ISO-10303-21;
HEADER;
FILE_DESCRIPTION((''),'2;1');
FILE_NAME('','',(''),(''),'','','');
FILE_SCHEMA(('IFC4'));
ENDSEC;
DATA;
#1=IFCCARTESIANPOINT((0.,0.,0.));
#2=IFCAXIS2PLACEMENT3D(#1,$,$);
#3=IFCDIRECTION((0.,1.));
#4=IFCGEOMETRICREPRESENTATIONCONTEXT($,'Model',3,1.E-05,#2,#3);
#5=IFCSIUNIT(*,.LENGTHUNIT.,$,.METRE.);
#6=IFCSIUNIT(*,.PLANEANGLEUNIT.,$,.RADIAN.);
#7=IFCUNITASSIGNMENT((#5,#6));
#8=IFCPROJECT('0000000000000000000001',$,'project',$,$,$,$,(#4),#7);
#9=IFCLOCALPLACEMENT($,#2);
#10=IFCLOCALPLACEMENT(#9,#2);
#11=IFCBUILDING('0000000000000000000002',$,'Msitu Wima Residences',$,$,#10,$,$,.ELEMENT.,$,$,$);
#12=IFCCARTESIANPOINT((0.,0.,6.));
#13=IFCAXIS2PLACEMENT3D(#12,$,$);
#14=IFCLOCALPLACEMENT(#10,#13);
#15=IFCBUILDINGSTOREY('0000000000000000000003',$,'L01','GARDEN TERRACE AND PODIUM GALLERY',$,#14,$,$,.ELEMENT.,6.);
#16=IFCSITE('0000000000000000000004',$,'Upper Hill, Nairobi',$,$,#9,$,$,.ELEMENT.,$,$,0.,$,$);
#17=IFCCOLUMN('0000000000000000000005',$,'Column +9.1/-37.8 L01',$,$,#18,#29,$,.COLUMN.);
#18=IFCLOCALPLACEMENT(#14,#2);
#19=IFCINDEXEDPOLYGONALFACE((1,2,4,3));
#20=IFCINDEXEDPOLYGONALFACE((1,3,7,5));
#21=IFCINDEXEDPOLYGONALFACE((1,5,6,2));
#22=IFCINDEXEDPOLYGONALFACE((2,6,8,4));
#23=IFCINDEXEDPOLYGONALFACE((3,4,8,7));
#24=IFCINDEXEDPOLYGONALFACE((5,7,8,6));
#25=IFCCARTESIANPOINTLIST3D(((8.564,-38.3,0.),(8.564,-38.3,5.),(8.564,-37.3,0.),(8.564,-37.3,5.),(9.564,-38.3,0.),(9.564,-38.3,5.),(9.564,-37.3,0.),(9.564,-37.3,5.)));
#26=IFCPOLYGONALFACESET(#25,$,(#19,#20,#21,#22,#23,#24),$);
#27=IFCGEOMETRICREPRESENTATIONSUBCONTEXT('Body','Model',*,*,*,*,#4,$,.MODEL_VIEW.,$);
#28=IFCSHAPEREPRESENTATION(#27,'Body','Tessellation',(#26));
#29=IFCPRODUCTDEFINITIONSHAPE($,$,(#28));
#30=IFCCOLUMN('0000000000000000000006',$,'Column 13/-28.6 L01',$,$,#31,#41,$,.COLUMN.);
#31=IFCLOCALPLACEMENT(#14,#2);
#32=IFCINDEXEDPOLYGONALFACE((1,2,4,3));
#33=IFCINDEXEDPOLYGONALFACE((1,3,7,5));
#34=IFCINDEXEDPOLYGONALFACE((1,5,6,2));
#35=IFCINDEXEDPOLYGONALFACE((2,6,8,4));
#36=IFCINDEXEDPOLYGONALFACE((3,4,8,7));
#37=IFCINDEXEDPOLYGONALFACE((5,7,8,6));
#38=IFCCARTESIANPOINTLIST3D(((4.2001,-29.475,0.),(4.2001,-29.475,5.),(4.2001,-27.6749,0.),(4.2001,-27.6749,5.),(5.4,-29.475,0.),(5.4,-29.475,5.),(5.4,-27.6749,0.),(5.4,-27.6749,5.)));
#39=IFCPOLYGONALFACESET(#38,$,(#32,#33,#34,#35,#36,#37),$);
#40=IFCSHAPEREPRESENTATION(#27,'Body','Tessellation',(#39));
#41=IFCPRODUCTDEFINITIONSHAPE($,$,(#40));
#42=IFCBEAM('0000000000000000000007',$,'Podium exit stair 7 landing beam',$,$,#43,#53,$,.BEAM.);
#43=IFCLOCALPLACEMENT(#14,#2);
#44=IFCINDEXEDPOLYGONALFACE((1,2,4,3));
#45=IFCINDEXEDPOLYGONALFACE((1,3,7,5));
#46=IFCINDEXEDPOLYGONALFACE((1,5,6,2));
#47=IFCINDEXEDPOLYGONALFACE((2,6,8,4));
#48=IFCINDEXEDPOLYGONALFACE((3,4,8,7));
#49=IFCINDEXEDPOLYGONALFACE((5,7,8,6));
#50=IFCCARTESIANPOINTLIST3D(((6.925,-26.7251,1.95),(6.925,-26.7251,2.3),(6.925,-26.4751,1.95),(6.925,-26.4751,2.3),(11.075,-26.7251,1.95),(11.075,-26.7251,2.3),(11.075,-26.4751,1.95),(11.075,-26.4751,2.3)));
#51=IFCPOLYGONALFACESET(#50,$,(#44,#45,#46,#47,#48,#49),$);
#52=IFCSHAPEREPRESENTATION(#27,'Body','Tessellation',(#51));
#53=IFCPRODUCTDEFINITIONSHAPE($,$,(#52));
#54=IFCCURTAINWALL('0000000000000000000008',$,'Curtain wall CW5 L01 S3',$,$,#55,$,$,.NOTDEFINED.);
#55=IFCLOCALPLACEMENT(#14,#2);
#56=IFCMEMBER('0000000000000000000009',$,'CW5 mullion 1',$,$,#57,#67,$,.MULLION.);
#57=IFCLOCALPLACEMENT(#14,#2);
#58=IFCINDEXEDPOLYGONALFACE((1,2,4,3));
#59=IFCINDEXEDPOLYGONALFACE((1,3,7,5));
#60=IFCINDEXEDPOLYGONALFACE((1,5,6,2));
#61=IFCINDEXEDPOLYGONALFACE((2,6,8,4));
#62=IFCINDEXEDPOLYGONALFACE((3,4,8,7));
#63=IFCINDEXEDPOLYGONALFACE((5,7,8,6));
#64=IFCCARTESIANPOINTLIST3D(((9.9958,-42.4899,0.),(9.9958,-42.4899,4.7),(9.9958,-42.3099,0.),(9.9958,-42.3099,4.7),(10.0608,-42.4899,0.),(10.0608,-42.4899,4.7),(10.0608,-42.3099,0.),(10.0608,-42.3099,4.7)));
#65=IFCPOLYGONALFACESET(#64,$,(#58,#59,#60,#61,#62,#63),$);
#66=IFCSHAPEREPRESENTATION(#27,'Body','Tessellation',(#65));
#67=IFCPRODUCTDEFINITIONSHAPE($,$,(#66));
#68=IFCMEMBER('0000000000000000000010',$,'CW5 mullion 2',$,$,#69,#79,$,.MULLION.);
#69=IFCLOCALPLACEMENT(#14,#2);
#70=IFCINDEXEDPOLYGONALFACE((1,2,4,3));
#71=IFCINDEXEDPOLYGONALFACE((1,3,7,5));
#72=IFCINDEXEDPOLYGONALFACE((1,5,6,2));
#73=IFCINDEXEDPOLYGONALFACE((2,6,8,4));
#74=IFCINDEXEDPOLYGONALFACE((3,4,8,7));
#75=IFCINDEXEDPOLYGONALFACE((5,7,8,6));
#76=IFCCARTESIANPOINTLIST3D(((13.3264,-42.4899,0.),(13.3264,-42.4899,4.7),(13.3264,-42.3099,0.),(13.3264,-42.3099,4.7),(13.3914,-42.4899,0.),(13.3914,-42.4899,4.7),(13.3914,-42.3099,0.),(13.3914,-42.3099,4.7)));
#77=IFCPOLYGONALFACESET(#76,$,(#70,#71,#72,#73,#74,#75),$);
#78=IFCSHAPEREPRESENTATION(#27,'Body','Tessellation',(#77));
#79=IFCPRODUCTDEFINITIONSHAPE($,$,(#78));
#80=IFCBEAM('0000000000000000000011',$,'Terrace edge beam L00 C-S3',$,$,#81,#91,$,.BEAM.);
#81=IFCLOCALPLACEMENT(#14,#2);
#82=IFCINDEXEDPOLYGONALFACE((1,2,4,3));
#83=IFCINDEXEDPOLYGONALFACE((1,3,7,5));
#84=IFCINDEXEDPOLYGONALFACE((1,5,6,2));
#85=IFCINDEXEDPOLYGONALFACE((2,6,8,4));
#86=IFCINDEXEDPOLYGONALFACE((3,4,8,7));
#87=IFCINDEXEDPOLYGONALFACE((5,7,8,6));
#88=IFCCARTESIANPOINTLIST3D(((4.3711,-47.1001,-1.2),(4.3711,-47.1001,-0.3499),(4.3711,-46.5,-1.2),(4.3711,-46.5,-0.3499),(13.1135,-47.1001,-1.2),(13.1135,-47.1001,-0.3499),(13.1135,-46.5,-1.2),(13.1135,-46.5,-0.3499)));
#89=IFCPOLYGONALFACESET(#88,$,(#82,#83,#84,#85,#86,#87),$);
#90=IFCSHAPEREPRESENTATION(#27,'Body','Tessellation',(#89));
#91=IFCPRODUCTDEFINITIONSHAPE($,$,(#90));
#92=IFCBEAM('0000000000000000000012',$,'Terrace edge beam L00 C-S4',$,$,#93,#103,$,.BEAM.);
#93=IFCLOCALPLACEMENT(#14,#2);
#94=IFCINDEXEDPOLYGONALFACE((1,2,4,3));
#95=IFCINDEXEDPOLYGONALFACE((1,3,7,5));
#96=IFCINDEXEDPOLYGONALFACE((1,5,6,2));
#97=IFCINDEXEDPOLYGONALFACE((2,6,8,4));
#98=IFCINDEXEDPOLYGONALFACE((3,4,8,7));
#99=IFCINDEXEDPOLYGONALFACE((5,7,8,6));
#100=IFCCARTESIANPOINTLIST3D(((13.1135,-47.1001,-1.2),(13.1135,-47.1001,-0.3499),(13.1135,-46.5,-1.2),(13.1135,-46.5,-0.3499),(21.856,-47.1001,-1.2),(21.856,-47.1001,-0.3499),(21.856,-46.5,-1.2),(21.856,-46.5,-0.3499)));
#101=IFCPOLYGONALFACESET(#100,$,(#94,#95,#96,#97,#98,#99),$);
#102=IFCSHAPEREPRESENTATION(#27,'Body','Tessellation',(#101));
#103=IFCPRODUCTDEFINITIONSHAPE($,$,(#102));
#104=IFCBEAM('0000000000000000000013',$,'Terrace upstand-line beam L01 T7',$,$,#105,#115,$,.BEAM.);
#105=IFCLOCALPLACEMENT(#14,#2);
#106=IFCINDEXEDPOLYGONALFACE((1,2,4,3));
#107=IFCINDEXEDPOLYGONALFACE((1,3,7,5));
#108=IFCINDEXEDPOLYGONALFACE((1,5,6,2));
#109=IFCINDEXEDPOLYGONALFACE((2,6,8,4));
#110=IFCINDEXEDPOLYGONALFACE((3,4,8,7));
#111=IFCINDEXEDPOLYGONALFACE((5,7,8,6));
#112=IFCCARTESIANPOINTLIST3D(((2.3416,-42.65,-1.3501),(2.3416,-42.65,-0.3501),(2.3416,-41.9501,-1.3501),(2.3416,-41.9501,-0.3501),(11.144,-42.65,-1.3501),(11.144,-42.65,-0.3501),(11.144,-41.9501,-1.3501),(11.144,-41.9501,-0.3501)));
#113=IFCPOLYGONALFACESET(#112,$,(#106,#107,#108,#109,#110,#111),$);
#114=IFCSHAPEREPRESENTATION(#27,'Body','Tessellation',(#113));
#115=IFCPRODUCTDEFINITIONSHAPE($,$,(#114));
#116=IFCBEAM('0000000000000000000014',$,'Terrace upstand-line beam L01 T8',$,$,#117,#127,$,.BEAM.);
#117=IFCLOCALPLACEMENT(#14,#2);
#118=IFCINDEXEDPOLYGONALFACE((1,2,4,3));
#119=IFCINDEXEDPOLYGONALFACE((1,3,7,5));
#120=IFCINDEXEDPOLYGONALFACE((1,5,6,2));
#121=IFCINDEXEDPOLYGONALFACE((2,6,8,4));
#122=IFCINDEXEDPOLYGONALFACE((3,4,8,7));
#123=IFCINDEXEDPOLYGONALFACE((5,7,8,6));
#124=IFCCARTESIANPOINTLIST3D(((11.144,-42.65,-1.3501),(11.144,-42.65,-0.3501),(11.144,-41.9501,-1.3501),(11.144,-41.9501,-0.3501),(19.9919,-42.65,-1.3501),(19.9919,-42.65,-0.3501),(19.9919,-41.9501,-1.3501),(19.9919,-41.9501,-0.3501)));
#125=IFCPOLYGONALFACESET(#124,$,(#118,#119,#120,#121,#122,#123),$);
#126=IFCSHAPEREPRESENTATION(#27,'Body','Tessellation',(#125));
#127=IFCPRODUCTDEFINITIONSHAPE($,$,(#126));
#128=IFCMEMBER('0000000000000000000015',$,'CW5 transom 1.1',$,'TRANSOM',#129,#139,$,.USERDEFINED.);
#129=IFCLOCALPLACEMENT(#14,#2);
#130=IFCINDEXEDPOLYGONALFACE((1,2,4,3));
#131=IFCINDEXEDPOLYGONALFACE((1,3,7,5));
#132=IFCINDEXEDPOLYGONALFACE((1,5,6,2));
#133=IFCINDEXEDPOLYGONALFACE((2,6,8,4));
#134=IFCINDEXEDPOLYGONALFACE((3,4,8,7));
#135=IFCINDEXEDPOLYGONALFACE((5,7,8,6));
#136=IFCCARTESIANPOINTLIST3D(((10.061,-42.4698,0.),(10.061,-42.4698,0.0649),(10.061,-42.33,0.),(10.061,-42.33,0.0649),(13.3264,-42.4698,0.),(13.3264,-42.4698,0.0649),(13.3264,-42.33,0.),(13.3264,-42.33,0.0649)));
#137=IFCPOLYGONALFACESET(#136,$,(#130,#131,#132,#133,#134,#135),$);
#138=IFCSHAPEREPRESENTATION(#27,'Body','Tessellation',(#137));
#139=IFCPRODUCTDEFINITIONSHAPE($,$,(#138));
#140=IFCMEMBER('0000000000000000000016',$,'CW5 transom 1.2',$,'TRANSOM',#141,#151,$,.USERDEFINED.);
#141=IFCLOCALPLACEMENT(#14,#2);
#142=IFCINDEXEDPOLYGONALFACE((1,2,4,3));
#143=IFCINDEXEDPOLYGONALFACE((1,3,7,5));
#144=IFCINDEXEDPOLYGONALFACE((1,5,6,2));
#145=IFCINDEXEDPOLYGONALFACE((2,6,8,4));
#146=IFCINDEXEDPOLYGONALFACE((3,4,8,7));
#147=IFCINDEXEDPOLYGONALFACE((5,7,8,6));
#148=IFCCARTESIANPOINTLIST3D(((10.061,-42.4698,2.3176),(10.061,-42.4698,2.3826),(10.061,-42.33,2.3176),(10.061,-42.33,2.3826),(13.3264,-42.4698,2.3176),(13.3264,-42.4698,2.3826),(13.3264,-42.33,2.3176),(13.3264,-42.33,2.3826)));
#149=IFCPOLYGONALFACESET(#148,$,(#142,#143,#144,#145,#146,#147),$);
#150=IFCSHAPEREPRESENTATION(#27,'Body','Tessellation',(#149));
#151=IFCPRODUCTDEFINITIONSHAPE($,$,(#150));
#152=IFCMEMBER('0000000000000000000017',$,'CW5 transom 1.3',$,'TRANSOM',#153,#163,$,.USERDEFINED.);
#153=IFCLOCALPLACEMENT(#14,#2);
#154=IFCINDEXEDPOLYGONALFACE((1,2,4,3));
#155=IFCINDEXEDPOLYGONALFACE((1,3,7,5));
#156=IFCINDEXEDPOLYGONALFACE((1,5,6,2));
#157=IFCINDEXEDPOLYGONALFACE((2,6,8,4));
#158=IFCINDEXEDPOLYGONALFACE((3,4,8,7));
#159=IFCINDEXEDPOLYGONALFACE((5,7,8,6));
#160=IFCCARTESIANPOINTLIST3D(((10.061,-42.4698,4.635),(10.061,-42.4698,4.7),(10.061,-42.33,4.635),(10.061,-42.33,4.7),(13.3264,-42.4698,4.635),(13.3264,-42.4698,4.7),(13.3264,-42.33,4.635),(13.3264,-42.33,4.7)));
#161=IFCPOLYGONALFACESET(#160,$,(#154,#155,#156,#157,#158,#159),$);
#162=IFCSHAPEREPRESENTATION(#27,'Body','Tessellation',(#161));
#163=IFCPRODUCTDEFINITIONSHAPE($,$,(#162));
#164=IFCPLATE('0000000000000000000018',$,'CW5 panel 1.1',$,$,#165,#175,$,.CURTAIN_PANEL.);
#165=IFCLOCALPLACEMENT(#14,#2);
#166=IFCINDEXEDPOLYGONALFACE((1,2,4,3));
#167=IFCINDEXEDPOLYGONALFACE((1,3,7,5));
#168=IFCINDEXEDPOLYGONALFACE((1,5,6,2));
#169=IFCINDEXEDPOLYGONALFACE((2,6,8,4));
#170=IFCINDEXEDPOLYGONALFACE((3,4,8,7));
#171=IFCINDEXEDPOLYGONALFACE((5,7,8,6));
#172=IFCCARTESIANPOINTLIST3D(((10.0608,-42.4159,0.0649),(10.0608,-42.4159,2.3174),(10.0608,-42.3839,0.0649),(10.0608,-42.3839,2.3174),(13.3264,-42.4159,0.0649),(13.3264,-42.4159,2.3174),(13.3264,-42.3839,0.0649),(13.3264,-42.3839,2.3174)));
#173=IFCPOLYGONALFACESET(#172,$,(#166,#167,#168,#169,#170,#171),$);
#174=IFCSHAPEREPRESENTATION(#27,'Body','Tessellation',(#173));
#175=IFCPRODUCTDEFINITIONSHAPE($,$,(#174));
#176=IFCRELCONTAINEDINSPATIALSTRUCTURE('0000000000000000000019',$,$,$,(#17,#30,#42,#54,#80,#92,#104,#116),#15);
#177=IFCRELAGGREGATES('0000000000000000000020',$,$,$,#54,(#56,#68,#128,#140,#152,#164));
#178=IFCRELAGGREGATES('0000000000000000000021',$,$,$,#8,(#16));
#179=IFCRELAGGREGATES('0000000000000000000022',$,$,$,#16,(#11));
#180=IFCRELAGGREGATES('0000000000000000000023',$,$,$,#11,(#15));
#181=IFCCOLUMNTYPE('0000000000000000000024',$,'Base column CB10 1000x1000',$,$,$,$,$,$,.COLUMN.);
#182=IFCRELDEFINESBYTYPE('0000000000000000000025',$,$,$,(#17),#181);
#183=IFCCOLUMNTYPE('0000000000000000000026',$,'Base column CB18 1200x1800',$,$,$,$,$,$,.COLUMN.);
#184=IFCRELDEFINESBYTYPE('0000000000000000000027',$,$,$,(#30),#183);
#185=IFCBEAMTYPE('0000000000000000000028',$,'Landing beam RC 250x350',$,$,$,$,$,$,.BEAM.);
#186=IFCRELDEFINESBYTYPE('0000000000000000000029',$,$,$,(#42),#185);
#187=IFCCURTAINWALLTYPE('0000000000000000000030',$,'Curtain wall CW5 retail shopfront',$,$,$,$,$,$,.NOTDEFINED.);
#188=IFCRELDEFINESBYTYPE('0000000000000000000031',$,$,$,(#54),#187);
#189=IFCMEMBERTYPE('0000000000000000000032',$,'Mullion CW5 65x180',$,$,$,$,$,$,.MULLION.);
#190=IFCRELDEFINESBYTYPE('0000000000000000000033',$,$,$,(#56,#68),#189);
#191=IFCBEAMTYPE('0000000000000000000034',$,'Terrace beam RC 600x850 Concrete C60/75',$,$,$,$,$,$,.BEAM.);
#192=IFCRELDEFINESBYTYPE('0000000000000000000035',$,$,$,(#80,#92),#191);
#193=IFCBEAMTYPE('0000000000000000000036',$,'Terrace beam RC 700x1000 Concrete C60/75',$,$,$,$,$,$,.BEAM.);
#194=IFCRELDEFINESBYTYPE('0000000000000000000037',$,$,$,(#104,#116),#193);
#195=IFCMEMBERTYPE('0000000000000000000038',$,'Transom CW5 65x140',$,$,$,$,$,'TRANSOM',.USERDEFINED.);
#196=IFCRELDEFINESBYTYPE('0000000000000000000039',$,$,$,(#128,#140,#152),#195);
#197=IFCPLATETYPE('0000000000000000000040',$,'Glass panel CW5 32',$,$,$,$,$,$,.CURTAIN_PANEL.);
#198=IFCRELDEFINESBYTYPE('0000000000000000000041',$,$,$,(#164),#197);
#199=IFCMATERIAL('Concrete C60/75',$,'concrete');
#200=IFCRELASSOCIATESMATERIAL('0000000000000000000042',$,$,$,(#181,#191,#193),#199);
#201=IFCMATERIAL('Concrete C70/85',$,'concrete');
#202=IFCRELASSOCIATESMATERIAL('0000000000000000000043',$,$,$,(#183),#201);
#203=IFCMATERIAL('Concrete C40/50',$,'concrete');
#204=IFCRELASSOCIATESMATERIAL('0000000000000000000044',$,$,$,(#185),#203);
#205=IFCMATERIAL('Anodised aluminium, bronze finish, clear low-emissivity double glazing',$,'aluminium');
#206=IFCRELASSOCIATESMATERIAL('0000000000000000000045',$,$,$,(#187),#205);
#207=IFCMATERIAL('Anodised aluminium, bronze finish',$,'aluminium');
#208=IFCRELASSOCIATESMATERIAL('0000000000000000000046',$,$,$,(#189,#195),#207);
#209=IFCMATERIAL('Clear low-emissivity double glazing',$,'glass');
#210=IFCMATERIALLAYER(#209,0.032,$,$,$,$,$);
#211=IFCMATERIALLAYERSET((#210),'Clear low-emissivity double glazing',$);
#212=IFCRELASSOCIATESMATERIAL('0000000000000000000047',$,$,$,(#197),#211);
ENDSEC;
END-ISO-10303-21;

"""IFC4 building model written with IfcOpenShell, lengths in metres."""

from ifc_helpers import new_model, si_unit, direction, frame, origin, origin_2d, place, context, subcontext, project, spatial, rectangle, extrude, material, layer, layer_set, material_profile, profile_set, type_object, element, aggregate, save


model = new_model("IFC4")

# Units and contexts
model_context = context("Model", 3, precision=1e-05, world=origin(), true_north=direction((0.0, 1.0)))
body_context = subcontext(model_context, "Body", "Model", "MODEL_VIEW")
ifc_project = project(units=[si_unit("LENGTHUNIT", "METRE"), si_unit("PLANEANGLEUNIT", "RADIAN")], contexts=[model_context])

# Site, building, storey
site_placement = place(None, origin())
site = spatial("IfcSite", under=ifc_project, at=site_placement, Name="Upper Hill, Nairobi", CompositionType="ELEMENT", RefElevation=0.0)
building_placement = place(site_placement, origin())
building = spatial("IfcBuilding", under=site, at=building_placement, Name="Msitu Wima Residences", CompositionType="ELEMENT")
storey_placement = place(building_placement, frame((0.0, 0.0, 6.0)))
storey = spatial("IfcBuildingStorey", under=building, at=storey_placement, Name="L01", Description="GARDEN TERRACE AND PODIUM GALLERY", CompositionType="ELEMENT", Elevation=6.0)

# Columns
ifc_material_1 = material(Name="Concrete C60/75", Category="concrete")
ifc_material_profile_1 = material_profile(ifc_material_1, rectangle(XDim=1.0, YDim=1.0, at=origin_2d()), Name="RC 1000x1000")
ifc_profile_set_1 = profile_set([ifc_material_profile_1], Name="Concrete C60/75")
column_type_1 = type_object("IfcColumnType", Name="Base column CB10 1000x1000", PredefinedType="COLUMN", material=ifc_profile_set_1)
column_1_placement = place(storey_placement, frame((9.064, -37.8, 0.0), z_axis=(0.0, 0.0, 1.0), x_axis=(1.0, 0.0, 0.0)))
element("IfcColumn", 1, at=column_1_placement, inside=storey, type_object=column_type_1, Name="Column +9.1/-37.8 L01", PredefinedType="COLUMN", context=body_context, shape_type="SweptSolid", body=[
    extrude(rectangle(XDim=1.0, YDim=1.0, at=origin_2d()), origin(), (0.0, 0.0, 1.0), 5.0),
])
ifc_material_2 = material(Name="Concrete C70/85", Category="concrete")
ifc_material_profile_2 = material_profile(ifc_material_2, rectangle(XDim=1.2, YDim=1.8, at=origin_2d()), Name="RC 1200x1800")
ifc_profile_set_2 = profile_set([ifc_material_profile_2], Name="Concrete C70/85")
column_type_2 = type_object("IfcColumnType", Name="Base column CB18 1200x1800", PredefinedType="COLUMN", material=ifc_profile_set_2)
column_2_placement = place(storey_placement, frame((4.8, -28.575, 0.0), z_axis=(0.0, 0.0, 1.0), x_axis=(1.0, 0.0, 0.0)))
element("IfcColumn", 2, at=column_2_placement, inside=storey, type_object=column_type_2, Name="Column 13/-28.6 L01", PredefinedType="COLUMN", context=body_context, shape_type="SweptSolid", body=[
    extrude(rectangle(XDim=1.2, YDim=1.8, at=origin_2d()), origin(), (0.0, 0.0, 1.0), 5.0),
])

# Beam
ifc_material_3 = material(Name="Concrete C40/50", Category="concrete")
ifc_material_profile_3 = material_profile(ifc_material_3, rectangle(XDim=0.25, YDim=0.3501, at=origin_2d()), Name="RC 250x350")
ifc_profile_set_3 = profile_set([ifc_material_profile_3], Name="Concrete C40/50")
beam_type_1 = type_object("IfcBeamType", Name="Landing beam RC 250x350", PredefinedType="BEAM", material=ifc_profile_set_3)
beam_1_placement = place(storey_placement, frame((6.925, -26.6001, 2.125), z_axis=(1.0, 0.0, 0.0), x_axis=(0.0, 1.0, 0.0)))
element("IfcBeam", 3, at=beam_1_placement, inside=storey, type_object=beam_type_1, Name="Podium exit stair 7 landing beam", PredefinedType="BEAM", context=body_context, shape_type="SweptSolid", body=[
    extrude(rectangle(XDim=0.25, YDim=0.3501, at=origin_2d()), origin(), (0.0, 0.0, 1.0), 4.1499),
])

# Curtain wall, members
ifc_material_4 = material(Name="Anodised aluminium, bronze finish, clear low-emissivity double glazing", Category="aluminium")
curtain_wall_type = type_object("IfcCurtainWallType", Name="Curtain wall CW5 retail shopfront", PredefinedType="NOTDEFINED", material=ifc_material_4)
curtain_wall_placement = place(storey_placement, origin())
curtain_wall = element("IfcCurtainWall", 4, at=curtain_wall_placement, inside=storey, type_object=curtain_wall_type, Name="Curtain wall CW5 L01 S3", PredefinedType="NOTDEFINED")
ifc_material_5 = material(Name="Anodised aluminium, bronze finish", Category="aluminium")
ifc_material_profile_4 = material_profile(ifc_material_5, rectangle(XDim=0.1799, YDim=0.0649, at=origin_2d()), Name="Mullion 65x180")
ifc_profile_set_4 = profile_set([ifc_material_profile_4], Name="Anodised aluminium, bronze finish")
member_type_1 = type_object("IfcMemberType", Name="Mullion CW5 65x180", PredefinedType="MULLION", material=ifc_profile_set_4)
member_1_placement = place(storey_placement, frame((10.0283, -42.3999, 0.0), z_axis=(0.0, 0.0, 1.0), x_axis=(0.0, 1.0, 0.0)))
member_1 = element("IfcMember", 5, at=member_1_placement, type_object=member_type_1, Name="CW5 mullion 1", PredefinedType="MULLION", context=body_context, shape_type="SweptSolid", body=[
    extrude(rectangle(XDim=0.1799, YDim=0.0649, at=origin_2d()), origin(), (0.0, 0.0, 1.0), 4.7),
])
member_2_placement = place(storey_placement, frame((13.3589, -42.3999, 0.0), z_axis=(0.0, 0.0, 1.0), x_axis=(0.0, 1.0, 0.0)))
member_2 = element("IfcMember", 6, at=member_2_placement, type_object=member_type_1, Name="CW5 mullion 2", PredefinedType="MULLION", context=body_context, shape_type="SweptSolid", body=[
    extrude(rectangle(XDim=0.1799, YDim=0.0649, at=origin_2d()), origin(), (0.0, 0.0, 1.0), 4.7),
])

# Beams
ifc_material_profile_5 = material_profile(ifc_material_1, rectangle(XDim=0.6001, YDim=0.8501, at=origin_2d()), Name="RC 600x850")
ifc_profile_set_5 = profile_set([ifc_material_profile_5], Name="Concrete C60/75")
beam_type_2 = type_object("IfcBeamType", Name="Terrace beam RC 600x850 Concrete C60/75", PredefinedType="BEAM", material=ifc_profile_set_5)
for number, where, z_axis, x_axis, name in (
    (7, (4.3711, -46.8, -0.7749), (1.0, 0.0, 0.0), (0.0, 1.0, 0.0), "Terrace edge beam L00 C-S3"),
    (8, (13.1135, -46.8, -0.7749), (1.0, 0.0, 0.0), (0.0, 1.0, 0.0), "Terrace edge beam L00 C-S4"),
):
    element("IfcBeam", number, at=place(storey_placement, frame(where, z_axis=z_axis, x_axis=x_axis)), inside=storey, type_object=beam_type_2, Name=name, PredefinedType="BEAM", context=body_context, shape_type="SweptSolid", body=[
        extrude(rectangle(XDim=0.6001, YDim=0.8501, at=origin_2d()), origin(), (0.0, 0.0, 1.0), 8.7424),
    ])
ifc_material_profile_6 = material_profile(ifc_material_1, rectangle(XDim=0.7, YDim=1.0, at=origin_2d()), Name="RC 700x1000")
ifc_profile_set_6 = profile_set([ifc_material_profile_6], Name="Concrete C60/75")
beam_type_3 = type_object("IfcBeamType", Name="Terrace beam RC 700x1000 Concrete C60/75", PredefinedType="BEAM", material=ifc_profile_set_6)
beam_2_placement = place(storey_placement, frame((2.3416, -42.3, -0.8501), z_axis=(1.0, 0.0, 0.0), x_axis=(0.0, 1.0, 0.0)))
element("IfcBeam", 9, at=beam_2_placement, inside=storey, type_object=beam_type_3, Name="Terrace upstand-line beam L01 T7", PredefinedType="BEAM", context=body_context, shape_type="SweptSolid", body=[
    extrude(rectangle(XDim=0.7, YDim=1.0, at=origin_2d()), origin(), (0.0, 0.0, 1.0), 8.8025),
])
beam_3_placement = place(storey_placement, frame((11.144, -42.3, -0.8501), z_axis=(1.0, 0.0, 0.0), x_axis=(0.0, 1.0, 0.0)))
element("IfcBeam", 10, at=beam_3_placement, inside=storey, type_object=beam_type_3, Name="Terrace upstand-line beam L01 T8", PredefinedType="BEAM", context=body_context, shape_type="SweptSolid", body=[
    extrude(rectangle(XDim=0.7, YDim=1.0, at=origin_2d()), origin(), (0.0, 0.0, 1.0), 8.8479),
])

# Members
ifc_material_profile_7 = material_profile(ifc_material_5, rectangle(XDim=0.1399, YDim=0.0649, at=origin_2d()), Name="Transom 65x140")
ifc_profile_set_7 = profile_set([ifc_material_profile_7], Name="Anodised aluminium, bronze finish")
member_type_2 = type_object("IfcMemberType", Name="Transom CW5 65x140", ElementType="TRANSOM", PredefinedType="USERDEFINED", material=ifc_profile_set_7)
member_3_placement = place(storey_placement, frame((10.061, -42.3999, 0.0325), z_axis=(1.0, 0.0, 0.0), x_axis=(0.0, 1.0, 0.0)))
member_3 = element("IfcMember", 11, at=member_3_placement, type_object=member_type_2, Name="CW5 transom 1.1", ObjectType="TRANSOM", PredefinedType="USERDEFINED", context=body_context, shape_type="SweptSolid", body=[
    extrude(rectangle(XDim=0.1399, YDim=0.0649, at=origin_2d()), origin(), (0.0, 0.0, 1.0), 3.2654),
])
member_4_placement = place(storey_placement, frame((10.061, -42.3999, 2.3501), z_axis=(1.0, 0.0, 0.0), x_axis=(0.0, 1.0, 0.0)))
member_4 = element("IfcMember", 12, at=member_4_placement, type_object=member_type_2, Name="CW5 transom 1.2", ObjectType="TRANSOM", PredefinedType="USERDEFINED", context=body_context, shape_type="SweptSolid", body=[
    extrude(rectangle(XDim=0.1399, YDim=0.0649, at=origin_2d()), origin(), (0.0, 0.0, 1.0), 3.2654),
])
member_5_placement = place(storey_placement, frame((10.061, -42.3999, 4.6675), z_axis=(1.0, 0.0, 0.0), x_axis=(0.0, 1.0, 0.0)))
member_5 = element("IfcMember", 13, at=member_5_placement, type_object=member_type_2, Name="CW5 transom 1.3", ObjectType="TRANSOM", PredefinedType="USERDEFINED", context=body_context, shape_type="SweptSolid", body=[
    extrude(rectangle(XDim=0.1399, YDim=0.0649, at=origin_2d()), origin(), (0.0, 0.0, 1.0), 3.2654),
])

# Plate
ifc_material_6 = material(Name="Clear low-emissivity double glazing", Category="glass")
ifc_layer_1 = layer(ifc_material_6, 0.032)
ifc_layer_set_1 = layer_set([ifc_layer_1], Name="Clear low-emissivity double glazing")
plate_type = type_object("IfcPlateType", Name="Glass panel CW5 32", PredefinedType="CURTAIN_PANEL", material=ifc_layer_set_1)
plate_1_placement = place(storey_placement, frame((11.6936, -42.3999, 0.0649), z_axis=(0.0, 0.0, 1.0), x_axis=(1.0, 0.0, 0.0)))
plate_1 = element("IfcPlate", 14, at=plate_1_placement, type_object=plate_type, Name="CW5 panel 1.1", PredefinedType="CURTAIN_PANEL", context=body_context, shape_type="SweptSolid", body=[
    extrude(rectangle(XDim=3.2656, YDim=0.032, at=origin_2d()), origin(), (0.0, 0.0, 1.0), 2.2524),
])
aggregate(curtain_wall, [member_1, member_2, member_3, member_4, member_5, plate_1])

save(model, "model.ifc")
